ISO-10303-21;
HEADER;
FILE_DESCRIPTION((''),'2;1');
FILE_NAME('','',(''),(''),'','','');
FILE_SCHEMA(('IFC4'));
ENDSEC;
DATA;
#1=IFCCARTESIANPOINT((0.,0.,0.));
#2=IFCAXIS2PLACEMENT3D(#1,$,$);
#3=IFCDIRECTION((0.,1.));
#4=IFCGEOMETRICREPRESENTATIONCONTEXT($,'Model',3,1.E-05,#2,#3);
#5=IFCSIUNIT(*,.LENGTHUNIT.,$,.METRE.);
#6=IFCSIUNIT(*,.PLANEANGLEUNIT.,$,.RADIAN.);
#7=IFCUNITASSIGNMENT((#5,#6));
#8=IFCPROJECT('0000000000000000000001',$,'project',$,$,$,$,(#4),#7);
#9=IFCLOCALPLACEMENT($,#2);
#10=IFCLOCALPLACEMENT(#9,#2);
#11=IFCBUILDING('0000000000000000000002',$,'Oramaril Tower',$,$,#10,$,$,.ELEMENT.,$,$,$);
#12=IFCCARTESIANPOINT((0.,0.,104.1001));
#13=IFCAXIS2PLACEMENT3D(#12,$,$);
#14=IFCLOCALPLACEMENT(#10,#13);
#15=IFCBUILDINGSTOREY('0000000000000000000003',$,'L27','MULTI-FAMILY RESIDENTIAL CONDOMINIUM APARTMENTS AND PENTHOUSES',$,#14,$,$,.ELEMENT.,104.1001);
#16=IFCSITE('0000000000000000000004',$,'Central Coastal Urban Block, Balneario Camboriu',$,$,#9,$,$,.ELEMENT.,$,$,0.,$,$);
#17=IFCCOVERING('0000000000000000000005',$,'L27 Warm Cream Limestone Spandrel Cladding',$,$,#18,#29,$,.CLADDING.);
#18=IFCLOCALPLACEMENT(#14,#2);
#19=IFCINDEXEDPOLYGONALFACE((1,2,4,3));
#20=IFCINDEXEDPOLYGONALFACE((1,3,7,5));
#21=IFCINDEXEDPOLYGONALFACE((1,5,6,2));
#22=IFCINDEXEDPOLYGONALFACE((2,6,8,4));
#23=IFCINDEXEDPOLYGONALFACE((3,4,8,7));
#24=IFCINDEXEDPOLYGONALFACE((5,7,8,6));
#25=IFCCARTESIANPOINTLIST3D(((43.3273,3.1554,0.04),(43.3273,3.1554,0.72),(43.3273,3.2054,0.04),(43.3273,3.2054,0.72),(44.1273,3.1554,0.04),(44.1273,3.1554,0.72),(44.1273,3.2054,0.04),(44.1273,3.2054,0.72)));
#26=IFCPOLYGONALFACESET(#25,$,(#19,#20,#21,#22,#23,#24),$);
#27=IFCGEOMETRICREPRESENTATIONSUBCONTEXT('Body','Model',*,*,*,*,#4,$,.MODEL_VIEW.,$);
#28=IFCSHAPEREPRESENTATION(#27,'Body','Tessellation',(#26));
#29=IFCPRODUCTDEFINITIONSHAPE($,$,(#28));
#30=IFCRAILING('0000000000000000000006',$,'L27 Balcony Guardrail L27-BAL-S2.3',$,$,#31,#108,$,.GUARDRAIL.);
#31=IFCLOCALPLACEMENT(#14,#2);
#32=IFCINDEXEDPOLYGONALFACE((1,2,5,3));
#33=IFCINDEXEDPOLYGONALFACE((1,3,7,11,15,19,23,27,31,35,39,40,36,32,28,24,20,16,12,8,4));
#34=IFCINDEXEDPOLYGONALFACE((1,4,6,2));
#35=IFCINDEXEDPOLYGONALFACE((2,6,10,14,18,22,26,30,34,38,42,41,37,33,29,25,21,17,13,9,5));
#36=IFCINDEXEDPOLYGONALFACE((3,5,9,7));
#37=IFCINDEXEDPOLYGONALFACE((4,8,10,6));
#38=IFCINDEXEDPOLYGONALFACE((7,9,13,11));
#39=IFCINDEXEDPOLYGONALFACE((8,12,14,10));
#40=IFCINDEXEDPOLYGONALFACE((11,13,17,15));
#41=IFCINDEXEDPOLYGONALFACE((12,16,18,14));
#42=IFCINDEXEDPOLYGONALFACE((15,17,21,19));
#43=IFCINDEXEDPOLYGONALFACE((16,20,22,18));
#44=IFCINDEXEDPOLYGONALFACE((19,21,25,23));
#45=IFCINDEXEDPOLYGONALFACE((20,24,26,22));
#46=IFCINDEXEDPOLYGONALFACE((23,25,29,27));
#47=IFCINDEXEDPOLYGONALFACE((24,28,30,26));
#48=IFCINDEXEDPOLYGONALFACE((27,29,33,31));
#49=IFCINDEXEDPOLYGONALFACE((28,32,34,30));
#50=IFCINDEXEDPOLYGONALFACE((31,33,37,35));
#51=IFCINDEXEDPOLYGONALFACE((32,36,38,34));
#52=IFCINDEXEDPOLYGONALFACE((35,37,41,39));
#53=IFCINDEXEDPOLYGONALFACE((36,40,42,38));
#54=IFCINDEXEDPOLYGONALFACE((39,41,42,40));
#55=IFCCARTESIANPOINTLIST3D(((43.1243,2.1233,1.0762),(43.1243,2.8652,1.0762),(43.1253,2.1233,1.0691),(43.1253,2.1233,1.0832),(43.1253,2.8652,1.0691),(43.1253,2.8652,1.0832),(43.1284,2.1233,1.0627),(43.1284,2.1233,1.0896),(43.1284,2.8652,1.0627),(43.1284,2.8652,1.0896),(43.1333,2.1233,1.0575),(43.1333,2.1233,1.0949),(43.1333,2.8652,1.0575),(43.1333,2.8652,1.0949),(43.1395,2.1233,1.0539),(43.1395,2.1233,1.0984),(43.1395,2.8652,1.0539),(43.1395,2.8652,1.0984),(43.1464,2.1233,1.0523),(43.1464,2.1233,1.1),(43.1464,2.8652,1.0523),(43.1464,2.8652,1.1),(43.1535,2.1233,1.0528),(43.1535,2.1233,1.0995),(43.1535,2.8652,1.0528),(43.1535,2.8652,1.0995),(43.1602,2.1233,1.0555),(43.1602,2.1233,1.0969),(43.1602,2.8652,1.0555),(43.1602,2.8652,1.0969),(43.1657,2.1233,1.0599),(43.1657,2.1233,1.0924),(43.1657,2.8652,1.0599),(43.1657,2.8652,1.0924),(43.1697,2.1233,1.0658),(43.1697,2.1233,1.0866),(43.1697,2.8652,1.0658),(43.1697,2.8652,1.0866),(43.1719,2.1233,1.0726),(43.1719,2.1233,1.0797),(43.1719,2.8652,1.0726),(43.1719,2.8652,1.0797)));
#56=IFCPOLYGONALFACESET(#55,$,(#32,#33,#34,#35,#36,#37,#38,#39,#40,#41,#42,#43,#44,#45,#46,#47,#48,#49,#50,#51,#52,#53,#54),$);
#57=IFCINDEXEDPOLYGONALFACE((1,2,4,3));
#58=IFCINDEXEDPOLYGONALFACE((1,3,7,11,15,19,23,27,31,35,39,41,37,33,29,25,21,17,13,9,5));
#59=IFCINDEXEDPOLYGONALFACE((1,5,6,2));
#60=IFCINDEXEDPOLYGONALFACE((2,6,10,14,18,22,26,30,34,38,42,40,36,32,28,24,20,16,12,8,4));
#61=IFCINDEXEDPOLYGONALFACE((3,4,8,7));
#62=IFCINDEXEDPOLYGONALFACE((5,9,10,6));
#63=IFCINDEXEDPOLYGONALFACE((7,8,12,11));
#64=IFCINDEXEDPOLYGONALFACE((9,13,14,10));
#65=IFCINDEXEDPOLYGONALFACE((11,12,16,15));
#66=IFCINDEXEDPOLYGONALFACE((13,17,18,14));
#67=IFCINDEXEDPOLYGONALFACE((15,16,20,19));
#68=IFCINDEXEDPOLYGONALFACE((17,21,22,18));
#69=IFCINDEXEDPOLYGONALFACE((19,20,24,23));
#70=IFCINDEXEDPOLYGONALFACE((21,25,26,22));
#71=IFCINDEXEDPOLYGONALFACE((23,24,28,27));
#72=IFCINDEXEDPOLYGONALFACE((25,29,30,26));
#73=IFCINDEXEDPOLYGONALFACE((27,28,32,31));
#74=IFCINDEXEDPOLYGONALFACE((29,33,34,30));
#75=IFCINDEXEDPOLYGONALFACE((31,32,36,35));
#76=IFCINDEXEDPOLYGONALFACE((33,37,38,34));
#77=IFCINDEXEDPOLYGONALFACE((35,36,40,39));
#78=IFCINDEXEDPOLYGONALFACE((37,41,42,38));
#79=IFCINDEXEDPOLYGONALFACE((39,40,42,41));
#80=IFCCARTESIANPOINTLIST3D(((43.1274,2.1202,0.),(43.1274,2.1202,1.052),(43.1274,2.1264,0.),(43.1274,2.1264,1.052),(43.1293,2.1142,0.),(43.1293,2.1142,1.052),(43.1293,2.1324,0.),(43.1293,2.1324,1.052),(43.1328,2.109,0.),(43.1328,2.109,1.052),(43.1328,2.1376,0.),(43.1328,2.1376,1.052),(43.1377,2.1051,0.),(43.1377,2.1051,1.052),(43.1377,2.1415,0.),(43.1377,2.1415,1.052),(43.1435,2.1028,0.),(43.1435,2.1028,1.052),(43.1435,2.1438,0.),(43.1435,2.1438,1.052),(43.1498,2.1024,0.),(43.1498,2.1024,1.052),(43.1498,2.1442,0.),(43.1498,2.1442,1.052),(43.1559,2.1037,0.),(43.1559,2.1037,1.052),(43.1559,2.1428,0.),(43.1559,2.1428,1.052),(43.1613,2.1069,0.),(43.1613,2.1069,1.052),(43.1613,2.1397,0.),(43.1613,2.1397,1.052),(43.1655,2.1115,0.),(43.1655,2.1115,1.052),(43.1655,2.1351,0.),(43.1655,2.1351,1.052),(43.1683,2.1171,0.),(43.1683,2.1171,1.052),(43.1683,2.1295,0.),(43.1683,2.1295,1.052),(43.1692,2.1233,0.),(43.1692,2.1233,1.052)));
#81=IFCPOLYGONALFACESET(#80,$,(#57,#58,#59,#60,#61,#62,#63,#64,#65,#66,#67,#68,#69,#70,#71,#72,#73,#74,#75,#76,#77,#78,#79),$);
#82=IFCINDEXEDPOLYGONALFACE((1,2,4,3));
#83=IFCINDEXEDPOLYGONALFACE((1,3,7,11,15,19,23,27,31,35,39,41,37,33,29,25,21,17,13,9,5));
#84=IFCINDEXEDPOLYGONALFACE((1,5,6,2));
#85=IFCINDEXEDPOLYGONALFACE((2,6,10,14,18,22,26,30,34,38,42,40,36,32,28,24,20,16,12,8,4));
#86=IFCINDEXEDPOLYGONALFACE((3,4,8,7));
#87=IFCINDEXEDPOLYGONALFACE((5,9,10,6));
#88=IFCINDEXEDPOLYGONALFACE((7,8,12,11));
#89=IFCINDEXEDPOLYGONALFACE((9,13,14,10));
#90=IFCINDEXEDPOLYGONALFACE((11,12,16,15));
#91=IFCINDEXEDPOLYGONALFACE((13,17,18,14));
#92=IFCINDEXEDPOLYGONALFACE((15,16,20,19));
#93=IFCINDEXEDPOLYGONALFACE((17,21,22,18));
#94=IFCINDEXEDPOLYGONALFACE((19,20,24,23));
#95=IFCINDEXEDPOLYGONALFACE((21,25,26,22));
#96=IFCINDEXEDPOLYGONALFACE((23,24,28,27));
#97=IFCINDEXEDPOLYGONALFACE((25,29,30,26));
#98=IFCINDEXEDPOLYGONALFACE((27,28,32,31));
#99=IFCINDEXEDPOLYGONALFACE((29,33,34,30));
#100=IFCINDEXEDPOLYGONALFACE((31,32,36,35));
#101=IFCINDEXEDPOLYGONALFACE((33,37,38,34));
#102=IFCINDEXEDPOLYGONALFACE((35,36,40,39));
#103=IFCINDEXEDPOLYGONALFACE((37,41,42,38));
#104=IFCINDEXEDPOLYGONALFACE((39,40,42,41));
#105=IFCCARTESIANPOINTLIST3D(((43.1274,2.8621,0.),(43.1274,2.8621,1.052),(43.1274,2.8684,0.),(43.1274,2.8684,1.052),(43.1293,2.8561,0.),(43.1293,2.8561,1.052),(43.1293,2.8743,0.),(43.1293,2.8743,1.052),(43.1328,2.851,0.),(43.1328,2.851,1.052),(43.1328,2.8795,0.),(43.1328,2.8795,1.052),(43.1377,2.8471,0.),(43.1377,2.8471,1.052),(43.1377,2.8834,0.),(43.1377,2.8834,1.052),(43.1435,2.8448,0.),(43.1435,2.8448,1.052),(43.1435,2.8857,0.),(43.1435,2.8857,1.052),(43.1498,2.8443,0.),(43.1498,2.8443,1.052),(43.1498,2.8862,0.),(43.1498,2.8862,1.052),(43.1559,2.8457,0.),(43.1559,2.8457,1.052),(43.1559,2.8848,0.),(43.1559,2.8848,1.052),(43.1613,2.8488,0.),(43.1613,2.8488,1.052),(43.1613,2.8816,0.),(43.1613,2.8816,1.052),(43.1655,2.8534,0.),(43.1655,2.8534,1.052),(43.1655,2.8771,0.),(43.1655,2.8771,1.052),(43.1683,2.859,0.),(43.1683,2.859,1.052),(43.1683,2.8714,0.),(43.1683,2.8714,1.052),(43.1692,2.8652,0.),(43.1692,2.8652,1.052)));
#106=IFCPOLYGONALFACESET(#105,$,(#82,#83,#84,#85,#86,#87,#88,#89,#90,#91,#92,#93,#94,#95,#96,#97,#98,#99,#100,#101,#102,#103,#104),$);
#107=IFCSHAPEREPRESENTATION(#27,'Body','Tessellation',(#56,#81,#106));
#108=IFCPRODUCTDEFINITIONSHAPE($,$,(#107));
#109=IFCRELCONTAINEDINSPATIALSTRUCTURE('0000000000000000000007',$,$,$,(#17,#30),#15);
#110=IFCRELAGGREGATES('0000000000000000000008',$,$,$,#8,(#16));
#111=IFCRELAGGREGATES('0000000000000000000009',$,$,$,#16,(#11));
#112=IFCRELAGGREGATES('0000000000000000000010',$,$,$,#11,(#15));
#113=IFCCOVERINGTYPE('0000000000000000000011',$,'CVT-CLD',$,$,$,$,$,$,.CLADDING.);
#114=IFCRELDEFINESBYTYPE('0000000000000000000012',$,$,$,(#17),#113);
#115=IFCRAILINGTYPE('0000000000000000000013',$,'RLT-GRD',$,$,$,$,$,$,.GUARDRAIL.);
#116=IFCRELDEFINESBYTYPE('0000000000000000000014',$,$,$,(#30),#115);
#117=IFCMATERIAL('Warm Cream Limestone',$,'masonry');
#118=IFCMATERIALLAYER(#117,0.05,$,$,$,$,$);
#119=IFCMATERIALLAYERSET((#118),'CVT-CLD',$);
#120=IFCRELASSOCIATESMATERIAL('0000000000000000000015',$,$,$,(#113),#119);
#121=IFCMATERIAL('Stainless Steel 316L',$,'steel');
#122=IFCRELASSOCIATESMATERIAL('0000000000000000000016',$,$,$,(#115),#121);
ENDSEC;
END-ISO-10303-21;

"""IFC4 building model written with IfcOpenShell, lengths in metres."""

from ifc_helpers import new_model, si_unit, direction, frame, origin, origin_2d, place, context, subcontext, project, spatial, rectangle, circle, extrude, material, layer, layer_set, type_object, element, save


model = new_model("IFC4")

# Units and contexts
model_context = context("Model", 3, precision=1e-05, world=origin(), true_north=direction((0.0, 1.0)))
body_context = subcontext(model_context, "Body", "Model", "MODEL_VIEW")
ifc_project = project(units=[si_unit("LENGTHUNIT", "METRE"), si_unit("PLANEANGLEUNIT", "RADIAN")], contexts=[model_context])

# Site, building, storey
site_placement = place(None, origin())
site = spatial("IfcSite", under=ifc_project, at=site_placement, Name="Central Coastal Urban Block, Balneario Camboriu", CompositionType="ELEMENT", RefElevation=0.0)
building_placement = place(site_placement, origin())
building = spatial("IfcBuilding", under=site, at=building_placement, Name="Oramaril Tower", CompositionType="ELEMENT")
storey_placement = place(building_placement, frame((0.0, 0.0, 104.1001)))
storey = spatial("IfcBuildingStorey", under=building, at=storey_placement, Name="L27", Description="MULTI-FAMILY RESIDENTIAL CONDOMINIUM APARTMENTS AND PENTHOUSES", CompositionType="ELEMENT", Elevation=104.1001)

# Covering
ifc_material_1 = material(Name="Warm Cream Limestone", Category="masonry")
ifc_layer_1 = layer(ifc_material_1, 0.05)
ifc_layer_set_1 = layer_set([ifc_layer_1], Name="CVT-CLD")
covering_type = type_object("IfcCoveringType", Name="CVT-CLD", PredefinedType="CLADDING", material=ifc_layer_set_1)
covering_placement = place(storey_placement, frame((43.7273, 3.1804, 0.04), z_axis=(0.0, 0.0, 1.0), x_axis=(1.0, 0.0, 0.0)))
element("IfcCovering", 1, at=covering_placement, inside=storey, type_object=covering_type, Name="L27 Warm Cream Limestone Spandrel Cladding", PredefinedType="CLADDING", context=body_context, shape_type="SweptSolid", body=[
    extrude(rectangle(XDim=0.8, YDim=0.05, at=origin_2d()), origin(), (0.0, 0.0, 1.0), 0.6799),
])

# Railing
ifc_material_2 = material(Name="Stainless Steel 316L", Category="steel")
railing_type_1 = type_object("IfcRailingType", Name="RLT-GRD", PredefinedType="GUARDRAIL", material=ifc_material_2)
railing_1_placement = place(storey_placement, frame((43.1482, 2.1233, 0.0)))
element("IfcRailing", 2, at=railing_1_placement, inside=storey, type_object=railing_type_1, Name="L27 Balcony Guardrail L27-BAL-S2.3", PredefinedType="GUARDRAIL", context=body_context, shape_type="SweptSolid", body=[
    extrude(circle(Radius=0.0239, at=origin_2d()), frame((0.0, 0.0, 1.0762), z_axis=(0.0, 1.0, 0.0), x_axis=(-1.0, 0.0, 0.0)), (0.0, 0.0, 1.0), 0.7419),
    extrude(circle(Radius=0.021, at=origin_2d()), origin(), (0.0, 0.0, 1.0), 1.052),
    extrude(circle(Radius=0.021, at=origin_2d()), frame((0.0, 0.7419, 0.0)), (0.0, 0.0, 1.0), 1.052),
])

save(model, "model.ifc")
